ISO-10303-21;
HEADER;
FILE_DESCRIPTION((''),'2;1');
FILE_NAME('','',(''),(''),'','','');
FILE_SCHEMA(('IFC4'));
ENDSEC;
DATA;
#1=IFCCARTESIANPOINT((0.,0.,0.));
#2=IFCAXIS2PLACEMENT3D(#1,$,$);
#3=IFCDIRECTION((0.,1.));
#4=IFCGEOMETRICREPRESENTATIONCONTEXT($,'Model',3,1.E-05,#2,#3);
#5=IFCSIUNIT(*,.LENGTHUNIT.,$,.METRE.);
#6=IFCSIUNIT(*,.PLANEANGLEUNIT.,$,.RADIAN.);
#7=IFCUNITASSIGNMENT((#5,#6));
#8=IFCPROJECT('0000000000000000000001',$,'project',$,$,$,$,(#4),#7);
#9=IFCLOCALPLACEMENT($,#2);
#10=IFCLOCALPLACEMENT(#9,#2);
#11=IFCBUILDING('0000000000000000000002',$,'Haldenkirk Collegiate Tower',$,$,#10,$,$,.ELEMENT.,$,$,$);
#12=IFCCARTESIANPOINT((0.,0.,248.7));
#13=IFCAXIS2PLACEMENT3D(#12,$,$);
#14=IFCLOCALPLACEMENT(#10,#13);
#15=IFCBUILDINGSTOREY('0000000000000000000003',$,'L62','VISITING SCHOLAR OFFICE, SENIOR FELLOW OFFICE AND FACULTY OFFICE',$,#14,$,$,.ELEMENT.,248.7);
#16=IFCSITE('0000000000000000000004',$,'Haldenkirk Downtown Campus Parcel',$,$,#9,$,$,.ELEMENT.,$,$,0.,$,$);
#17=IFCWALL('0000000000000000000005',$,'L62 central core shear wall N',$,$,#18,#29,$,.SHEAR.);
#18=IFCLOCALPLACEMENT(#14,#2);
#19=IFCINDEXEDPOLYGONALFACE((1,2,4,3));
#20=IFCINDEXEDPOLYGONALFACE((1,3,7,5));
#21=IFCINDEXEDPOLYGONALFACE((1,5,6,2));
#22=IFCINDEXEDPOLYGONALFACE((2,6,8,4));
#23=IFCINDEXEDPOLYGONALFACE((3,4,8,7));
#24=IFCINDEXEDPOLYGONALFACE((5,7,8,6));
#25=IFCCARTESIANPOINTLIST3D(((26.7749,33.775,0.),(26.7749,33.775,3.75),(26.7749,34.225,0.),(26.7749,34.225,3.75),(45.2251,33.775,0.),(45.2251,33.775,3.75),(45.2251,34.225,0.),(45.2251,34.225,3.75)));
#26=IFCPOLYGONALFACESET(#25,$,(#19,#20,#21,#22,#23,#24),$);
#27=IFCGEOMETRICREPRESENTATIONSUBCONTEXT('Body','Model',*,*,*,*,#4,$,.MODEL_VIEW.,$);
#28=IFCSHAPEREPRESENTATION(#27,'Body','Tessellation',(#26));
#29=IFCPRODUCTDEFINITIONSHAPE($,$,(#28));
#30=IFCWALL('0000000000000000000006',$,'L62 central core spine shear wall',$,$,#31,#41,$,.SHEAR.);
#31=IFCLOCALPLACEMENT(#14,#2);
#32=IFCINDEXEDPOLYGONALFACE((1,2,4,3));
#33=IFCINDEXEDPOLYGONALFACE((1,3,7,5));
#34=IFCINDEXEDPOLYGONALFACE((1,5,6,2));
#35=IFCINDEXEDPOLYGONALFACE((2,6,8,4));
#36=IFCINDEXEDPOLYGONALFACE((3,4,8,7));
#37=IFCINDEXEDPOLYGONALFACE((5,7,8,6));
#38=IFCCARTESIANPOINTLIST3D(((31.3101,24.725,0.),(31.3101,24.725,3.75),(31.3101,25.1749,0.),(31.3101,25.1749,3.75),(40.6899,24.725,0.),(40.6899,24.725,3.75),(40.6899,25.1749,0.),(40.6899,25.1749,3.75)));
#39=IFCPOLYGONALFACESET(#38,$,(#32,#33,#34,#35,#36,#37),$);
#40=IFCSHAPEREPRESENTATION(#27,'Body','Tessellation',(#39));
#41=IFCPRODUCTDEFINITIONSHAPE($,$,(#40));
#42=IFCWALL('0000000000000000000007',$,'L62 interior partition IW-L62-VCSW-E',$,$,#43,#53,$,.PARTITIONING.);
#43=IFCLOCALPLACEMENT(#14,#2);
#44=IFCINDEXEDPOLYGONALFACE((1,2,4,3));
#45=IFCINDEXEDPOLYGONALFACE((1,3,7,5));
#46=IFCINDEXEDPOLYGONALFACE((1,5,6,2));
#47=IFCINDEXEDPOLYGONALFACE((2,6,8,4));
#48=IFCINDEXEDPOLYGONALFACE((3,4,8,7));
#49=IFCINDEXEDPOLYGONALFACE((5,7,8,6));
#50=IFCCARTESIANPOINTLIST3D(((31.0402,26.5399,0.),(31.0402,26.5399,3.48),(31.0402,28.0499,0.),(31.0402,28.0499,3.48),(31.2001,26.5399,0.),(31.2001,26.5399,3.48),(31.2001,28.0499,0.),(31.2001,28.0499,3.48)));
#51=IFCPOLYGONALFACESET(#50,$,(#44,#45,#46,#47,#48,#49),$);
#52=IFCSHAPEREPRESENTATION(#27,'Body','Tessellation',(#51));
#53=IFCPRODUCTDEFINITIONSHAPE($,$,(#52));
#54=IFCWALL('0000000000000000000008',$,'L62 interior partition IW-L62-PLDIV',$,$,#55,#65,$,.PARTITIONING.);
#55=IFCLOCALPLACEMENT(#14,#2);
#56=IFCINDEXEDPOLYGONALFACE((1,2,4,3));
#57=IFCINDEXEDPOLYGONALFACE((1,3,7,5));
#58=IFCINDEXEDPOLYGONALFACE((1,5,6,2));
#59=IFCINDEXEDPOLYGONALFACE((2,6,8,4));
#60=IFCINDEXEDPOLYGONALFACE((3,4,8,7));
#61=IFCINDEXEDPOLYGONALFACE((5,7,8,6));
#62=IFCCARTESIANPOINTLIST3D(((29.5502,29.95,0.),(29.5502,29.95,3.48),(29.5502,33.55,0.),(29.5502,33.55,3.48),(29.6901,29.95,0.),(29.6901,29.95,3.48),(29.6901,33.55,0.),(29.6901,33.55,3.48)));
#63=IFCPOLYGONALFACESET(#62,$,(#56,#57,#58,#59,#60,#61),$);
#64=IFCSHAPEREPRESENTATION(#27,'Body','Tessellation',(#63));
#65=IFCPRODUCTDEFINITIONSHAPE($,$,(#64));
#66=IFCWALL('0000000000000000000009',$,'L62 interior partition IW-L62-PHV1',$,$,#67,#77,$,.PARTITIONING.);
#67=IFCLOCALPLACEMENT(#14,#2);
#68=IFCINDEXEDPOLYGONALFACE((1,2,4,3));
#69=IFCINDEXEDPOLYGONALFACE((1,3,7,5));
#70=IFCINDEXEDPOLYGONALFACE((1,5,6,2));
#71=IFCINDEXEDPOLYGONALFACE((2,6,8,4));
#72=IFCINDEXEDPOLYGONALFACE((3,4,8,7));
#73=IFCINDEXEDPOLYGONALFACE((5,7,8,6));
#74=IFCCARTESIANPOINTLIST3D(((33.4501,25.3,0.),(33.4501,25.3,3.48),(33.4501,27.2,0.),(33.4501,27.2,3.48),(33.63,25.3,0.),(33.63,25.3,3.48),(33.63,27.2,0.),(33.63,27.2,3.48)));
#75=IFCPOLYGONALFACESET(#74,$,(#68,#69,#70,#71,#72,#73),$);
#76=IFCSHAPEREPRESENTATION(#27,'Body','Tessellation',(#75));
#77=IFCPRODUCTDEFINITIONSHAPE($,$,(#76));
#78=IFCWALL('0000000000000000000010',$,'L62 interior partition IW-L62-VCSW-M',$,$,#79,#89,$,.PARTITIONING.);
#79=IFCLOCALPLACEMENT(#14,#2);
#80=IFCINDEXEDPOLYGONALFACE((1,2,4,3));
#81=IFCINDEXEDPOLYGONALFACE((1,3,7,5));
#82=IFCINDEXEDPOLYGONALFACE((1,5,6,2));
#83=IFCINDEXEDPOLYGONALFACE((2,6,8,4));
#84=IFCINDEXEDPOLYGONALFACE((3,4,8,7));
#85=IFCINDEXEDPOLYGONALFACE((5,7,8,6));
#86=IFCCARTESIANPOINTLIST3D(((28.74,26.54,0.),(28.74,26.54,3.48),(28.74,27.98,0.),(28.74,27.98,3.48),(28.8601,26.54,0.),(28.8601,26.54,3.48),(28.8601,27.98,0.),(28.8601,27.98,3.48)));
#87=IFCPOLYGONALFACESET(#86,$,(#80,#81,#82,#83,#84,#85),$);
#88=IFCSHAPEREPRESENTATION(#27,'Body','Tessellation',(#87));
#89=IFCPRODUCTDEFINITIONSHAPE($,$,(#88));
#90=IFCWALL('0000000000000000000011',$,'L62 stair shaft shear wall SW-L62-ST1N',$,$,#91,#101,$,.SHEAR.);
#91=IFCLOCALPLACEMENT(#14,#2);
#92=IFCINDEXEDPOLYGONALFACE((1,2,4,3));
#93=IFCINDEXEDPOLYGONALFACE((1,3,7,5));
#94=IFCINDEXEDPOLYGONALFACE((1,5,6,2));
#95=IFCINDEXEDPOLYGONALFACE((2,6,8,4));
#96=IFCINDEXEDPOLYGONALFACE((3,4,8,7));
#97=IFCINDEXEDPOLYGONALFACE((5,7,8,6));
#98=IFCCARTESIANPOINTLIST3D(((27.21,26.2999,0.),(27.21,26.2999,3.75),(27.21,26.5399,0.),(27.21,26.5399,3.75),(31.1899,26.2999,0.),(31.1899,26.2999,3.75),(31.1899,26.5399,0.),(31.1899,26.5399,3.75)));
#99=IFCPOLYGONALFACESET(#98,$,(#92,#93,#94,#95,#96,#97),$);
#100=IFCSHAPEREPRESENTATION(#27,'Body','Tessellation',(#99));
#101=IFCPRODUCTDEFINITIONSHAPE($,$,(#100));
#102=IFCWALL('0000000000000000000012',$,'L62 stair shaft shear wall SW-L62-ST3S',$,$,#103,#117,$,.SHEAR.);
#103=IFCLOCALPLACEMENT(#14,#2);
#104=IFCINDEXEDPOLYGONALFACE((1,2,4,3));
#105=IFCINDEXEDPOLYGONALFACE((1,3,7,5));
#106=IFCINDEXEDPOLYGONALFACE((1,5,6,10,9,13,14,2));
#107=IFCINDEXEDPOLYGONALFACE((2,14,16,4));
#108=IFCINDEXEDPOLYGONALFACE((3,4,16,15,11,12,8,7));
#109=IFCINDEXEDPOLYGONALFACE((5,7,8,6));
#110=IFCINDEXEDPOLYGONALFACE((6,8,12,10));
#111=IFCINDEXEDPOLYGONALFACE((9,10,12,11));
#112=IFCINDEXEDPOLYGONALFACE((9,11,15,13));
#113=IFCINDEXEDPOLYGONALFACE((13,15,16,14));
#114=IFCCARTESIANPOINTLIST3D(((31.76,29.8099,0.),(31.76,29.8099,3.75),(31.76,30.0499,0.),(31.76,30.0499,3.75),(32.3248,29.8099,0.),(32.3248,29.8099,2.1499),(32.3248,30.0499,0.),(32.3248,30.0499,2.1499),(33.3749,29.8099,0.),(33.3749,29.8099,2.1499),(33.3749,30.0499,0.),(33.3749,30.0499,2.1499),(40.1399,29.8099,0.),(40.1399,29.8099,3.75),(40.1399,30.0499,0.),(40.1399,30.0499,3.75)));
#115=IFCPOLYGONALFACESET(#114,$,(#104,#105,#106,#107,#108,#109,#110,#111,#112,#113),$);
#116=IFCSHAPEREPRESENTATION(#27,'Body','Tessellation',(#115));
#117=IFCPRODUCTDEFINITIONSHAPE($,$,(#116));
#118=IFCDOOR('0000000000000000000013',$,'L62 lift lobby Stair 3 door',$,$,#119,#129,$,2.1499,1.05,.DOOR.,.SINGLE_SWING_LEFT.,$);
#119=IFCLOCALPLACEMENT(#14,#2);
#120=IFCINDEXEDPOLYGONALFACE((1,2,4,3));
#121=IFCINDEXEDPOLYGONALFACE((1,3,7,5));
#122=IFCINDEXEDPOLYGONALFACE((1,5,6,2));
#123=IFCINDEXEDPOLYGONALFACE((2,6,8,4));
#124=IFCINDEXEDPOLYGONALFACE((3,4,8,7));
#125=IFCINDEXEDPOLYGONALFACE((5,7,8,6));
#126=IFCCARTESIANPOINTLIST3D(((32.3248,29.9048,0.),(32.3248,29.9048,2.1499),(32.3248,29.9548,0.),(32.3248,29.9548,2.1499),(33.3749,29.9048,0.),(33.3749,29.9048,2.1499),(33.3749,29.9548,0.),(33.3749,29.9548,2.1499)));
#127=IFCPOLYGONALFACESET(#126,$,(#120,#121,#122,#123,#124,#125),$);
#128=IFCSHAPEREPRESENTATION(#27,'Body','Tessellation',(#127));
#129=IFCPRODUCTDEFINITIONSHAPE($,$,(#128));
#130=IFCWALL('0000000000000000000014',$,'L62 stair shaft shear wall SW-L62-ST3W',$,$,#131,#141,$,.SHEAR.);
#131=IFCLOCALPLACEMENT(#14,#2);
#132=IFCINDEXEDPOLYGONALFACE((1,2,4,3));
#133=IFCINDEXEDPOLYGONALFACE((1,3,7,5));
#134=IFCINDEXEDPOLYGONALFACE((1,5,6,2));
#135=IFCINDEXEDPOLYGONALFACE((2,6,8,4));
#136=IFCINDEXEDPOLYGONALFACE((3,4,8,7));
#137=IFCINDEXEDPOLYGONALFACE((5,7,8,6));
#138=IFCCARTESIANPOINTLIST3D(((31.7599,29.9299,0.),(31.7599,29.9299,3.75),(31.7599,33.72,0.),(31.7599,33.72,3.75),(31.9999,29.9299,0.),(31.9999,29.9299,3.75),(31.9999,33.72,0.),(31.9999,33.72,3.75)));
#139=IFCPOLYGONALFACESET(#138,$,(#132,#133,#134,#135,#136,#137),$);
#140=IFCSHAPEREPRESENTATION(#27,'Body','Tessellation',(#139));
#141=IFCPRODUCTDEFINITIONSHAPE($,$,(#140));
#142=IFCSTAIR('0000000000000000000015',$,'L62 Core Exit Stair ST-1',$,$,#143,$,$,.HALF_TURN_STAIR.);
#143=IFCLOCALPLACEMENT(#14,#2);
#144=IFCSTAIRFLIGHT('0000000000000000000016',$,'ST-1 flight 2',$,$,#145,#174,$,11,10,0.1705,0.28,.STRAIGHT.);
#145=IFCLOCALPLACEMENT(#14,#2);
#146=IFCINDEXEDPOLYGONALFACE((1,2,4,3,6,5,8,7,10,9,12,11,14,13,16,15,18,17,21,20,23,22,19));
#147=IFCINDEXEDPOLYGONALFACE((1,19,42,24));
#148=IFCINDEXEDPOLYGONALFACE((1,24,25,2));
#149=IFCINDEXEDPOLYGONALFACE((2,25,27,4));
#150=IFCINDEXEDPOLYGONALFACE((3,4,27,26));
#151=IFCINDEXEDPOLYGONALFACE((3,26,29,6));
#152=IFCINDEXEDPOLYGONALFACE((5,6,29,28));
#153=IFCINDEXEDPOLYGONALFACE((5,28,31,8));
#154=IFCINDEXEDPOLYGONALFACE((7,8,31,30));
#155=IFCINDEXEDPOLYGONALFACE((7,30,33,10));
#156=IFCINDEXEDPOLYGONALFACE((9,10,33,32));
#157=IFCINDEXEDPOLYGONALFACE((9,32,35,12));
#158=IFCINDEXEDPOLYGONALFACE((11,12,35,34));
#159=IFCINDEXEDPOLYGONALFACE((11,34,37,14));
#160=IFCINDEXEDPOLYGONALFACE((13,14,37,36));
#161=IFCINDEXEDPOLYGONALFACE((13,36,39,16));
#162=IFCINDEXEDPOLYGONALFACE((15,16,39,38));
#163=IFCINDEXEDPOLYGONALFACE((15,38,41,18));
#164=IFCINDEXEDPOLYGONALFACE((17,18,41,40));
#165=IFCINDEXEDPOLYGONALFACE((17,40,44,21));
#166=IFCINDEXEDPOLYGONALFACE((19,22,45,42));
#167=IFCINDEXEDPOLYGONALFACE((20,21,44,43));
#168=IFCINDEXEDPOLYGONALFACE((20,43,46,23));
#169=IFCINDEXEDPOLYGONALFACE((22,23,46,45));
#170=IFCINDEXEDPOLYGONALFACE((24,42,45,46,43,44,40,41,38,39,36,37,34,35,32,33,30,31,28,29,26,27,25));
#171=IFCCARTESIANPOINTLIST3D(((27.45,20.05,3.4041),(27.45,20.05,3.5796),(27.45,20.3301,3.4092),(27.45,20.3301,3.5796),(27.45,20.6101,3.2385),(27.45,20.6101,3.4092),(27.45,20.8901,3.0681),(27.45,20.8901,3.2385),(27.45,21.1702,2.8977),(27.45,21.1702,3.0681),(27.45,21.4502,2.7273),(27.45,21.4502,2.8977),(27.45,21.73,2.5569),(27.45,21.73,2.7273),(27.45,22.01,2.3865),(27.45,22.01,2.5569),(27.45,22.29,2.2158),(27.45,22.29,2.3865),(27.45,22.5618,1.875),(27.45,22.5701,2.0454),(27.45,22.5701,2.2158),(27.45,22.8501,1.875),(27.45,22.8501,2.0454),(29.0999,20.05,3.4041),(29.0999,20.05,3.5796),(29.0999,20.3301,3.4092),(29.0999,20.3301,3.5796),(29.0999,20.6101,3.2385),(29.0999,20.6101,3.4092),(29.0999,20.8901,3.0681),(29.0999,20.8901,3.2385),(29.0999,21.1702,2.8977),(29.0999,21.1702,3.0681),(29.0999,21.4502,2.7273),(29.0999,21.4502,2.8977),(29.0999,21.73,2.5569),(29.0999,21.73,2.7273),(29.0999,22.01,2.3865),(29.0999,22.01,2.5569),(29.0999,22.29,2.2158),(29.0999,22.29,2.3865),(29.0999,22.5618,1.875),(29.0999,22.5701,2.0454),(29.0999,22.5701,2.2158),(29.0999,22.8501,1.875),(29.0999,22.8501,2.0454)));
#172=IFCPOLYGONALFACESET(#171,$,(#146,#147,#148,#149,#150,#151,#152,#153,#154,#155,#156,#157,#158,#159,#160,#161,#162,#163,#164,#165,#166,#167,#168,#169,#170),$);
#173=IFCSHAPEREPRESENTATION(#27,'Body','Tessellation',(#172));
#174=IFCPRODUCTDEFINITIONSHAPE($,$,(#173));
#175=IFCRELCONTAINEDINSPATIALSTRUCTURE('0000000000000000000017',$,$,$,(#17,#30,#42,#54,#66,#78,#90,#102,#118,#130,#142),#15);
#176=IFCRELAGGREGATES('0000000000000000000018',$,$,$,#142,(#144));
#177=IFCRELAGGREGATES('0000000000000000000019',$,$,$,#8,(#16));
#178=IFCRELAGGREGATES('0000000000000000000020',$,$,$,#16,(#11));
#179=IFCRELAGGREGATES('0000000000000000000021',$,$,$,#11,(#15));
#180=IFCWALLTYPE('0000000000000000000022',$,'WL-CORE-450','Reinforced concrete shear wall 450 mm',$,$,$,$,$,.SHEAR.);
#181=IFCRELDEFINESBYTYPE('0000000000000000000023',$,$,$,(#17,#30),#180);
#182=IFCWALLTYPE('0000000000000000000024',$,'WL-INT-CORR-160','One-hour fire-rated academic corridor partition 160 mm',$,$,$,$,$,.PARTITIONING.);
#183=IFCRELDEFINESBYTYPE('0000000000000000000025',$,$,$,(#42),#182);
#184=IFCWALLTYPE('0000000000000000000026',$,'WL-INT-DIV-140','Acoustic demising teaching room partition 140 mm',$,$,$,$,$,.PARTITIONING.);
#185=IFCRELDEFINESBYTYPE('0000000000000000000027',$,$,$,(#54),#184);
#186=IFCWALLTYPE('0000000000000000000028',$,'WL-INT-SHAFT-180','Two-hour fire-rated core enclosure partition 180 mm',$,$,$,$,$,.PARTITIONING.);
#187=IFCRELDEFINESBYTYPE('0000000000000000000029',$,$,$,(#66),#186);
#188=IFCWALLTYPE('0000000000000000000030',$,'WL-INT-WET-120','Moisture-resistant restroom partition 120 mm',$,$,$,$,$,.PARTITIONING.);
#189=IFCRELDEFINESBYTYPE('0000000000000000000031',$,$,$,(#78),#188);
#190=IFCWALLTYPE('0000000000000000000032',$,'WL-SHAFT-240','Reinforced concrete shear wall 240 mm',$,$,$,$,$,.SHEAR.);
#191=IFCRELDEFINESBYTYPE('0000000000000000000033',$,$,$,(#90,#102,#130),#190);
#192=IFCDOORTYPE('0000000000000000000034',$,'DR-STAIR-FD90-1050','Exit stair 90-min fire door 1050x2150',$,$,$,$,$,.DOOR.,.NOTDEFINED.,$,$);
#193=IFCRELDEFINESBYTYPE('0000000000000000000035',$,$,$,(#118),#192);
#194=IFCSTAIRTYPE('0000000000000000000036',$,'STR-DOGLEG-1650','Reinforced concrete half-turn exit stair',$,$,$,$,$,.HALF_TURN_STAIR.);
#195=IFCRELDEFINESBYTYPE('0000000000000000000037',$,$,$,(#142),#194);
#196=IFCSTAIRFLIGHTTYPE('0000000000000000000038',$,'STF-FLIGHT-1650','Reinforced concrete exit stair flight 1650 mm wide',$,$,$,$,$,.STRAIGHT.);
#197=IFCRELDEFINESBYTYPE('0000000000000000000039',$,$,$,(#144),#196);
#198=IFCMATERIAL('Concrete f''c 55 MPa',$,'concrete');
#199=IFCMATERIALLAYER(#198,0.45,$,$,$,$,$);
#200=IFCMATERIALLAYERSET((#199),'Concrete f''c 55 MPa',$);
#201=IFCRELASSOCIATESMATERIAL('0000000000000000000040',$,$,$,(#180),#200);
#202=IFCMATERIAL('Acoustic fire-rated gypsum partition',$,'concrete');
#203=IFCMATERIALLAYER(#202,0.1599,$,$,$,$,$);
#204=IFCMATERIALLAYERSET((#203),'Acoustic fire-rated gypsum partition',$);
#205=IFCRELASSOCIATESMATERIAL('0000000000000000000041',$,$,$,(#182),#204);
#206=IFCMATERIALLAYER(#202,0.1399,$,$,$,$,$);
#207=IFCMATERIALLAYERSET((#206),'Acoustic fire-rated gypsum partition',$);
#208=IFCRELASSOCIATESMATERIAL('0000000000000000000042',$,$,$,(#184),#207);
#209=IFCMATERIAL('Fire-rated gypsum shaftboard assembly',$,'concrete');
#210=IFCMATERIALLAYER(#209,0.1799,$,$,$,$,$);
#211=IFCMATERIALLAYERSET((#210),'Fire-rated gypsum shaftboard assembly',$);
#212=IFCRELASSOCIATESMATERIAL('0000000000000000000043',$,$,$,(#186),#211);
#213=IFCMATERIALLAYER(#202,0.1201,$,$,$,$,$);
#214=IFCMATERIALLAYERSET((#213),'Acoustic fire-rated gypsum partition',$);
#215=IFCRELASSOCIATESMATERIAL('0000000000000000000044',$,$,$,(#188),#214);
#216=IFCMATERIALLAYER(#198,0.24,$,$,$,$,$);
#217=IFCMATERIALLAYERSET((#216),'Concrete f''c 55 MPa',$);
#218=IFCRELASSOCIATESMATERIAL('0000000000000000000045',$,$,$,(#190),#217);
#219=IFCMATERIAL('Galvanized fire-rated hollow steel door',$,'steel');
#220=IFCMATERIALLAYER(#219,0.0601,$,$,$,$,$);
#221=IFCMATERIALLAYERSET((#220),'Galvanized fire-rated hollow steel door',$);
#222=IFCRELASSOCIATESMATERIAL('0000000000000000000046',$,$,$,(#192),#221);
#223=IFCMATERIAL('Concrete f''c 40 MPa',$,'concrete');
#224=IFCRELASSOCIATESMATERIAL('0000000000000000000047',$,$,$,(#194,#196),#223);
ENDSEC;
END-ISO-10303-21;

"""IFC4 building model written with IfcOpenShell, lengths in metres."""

from ifc_helpers import new_model, si_unit, direction, frame, frame_2d, origin, place, context, subcontext, project, spatial, polyline, rectangle, outline, extrude, material, layer, layer_set, type_object, element, fill, aggregate, save


model = new_model("IFC4")

# Units and contexts
model_context = context("Model", 3, precision=1e-05, world=origin(), true_north=direction((0.0, 1.0)))
body_context = subcontext(model_context, "Body", "Model", "MODEL_VIEW")
ifc_project = project(units=[si_unit("LENGTHUNIT", "METRE"), si_unit("PLANEANGLEUNIT", "RADIAN")], contexts=[model_context])

# Site, building, storey
site_placement = place(None, origin())
site = spatial("IfcSite", under=ifc_project, at=site_placement, Name="Haldenkirk Downtown Campus Parcel", CompositionType="ELEMENT", RefElevation=0.0)
building_placement = place(site_placement, origin())
building = spatial("IfcBuilding", under=site, at=building_placement, Name="Haldenkirk Collegiate Tower", CompositionType="ELEMENT")
storey_placement = place(building_placement, frame((0.0, 0.0, 248.7)))
storey = spatial("IfcBuildingStorey", under=building, at=storey_placement, Name="L62", Description="VISITING SCHOLAR OFFICE, SENIOR FELLOW OFFICE AND FACULTY OFFICE", CompositionType="ELEMENT", Elevation=248.7)

# Walls
ifc_material_1 = material(Name="Concrete f'c 55 MPa", Category="concrete")
ifc_layer_1 = layer(ifc_material_1, 0.45)
ifc_layer_set_1 = layer_set([ifc_layer_1], Name="Concrete f'c 55 MPa")
wall_type_1 = type_object("IfcWallType", Name="WL-CORE-450", Description="Reinforced concrete shear wall 450 mm", PredefinedType="SHEAR", material=ifc_layer_set_1)
wall_1_placement = place(storey_placement, frame((26.7749, 34.0, 0.0), z_axis=(0.0, 0.0, 1.0), x_axis=(1.0, 0.0, 0.0)))
element("IfcWall", 1, at=wall_1_placement, inside=storey, type_object=wall_type_1, Name="L62 central core shear wall N", PredefinedType="SHEAR", context=body_context, shape_type="SweptSolid", body=[
    extrude(rectangle(XDim=18.4502, YDim=0.45, at=frame_2d((9.2251, 0.0))), origin(), (0.0, 0.0, 1.0), 3.75),
])
wall_2_placement = place(storey_placement, frame((31.3101, 24.95, 0.0), z_axis=(0.0, 0.0, 1.0), x_axis=(1.0, 0.0, 0.0)))
element("IfcWall", 2, at=wall_2_placement, inside=storey, type_object=wall_type_1, Name="L62 central core spine shear wall", PredefinedType="SHEAR", context=body_context, shape_type="SweptSolid", body=[
    extrude(rectangle(XDim=9.3799, YDim=0.45, at=frame_2d((4.6899, 0.0))), origin(), (0.0, 0.0, 1.0), 3.75),
])

# Shared definitions
ifc_material_2 = material(Name="Acoustic fire-rated gypsum partition", Category="concrete")
ifc_layer_2 = layer(ifc_material_2, 0.1599)
ifc_layer_set_2 = layer_set([ifc_layer_2], Name="Acoustic fire-rated gypsum partition")
wall_type_2 = type_object("IfcWallType", Name="WL-INT-CORR-160", Description="One-hour fire-rated academic corridor partition 160 mm", PredefinedType="PARTITIONING", material=ifc_layer_set_2)

# Wall
wall_3_placement = place(storey_placement, frame((31.1201, 26.54, 0.0), z_axis=(0.0, 0.0, 1.0), x_axis=(0.0, 1.0, 0.0)))
element("IfcWall", 3, at=wall_3_placement, inside=storey, type_object=wall_type_2, Name="L62 interior partition IW-L62-VCSW-E", PredefinedType="PARTITIONING", context=body_context, shape_type="SweptSolid", body=[
    extrude(rectangle(XDim=1.51, YDim=0.1599, at=frame_2d((0.7549, 0.0))), origin(), (0.0, 0.0, 1.0), 3.48),
])

# Wall
ifc_layer_3 = layer(ifc_material_2, 0.1399)
ifc_layer_set_3 = layer_set([ifc_layer_3], Name="Acoustic fire-rated gypsum partition")
wall_type_3 = type_object("IfcWallType", Name="WL-INT-DIV-140", Description="Acoustic demising teaching room partition 140 mm", PredefinedType="PARTITIONING", material=ifc_layer_set_3)
wall_4_placement = place(storey_placement, frame((29.6201, 29.95, 0.0), z_axis=(0.0, 0.0, 1.0), x_axis=(0.0, 1.0, 0.0)))
element("IfcWall", 4, at=wall_4_placement, inside=storey, type_object=wall_type_3, Name="L62 interior partition IW-L62-PLDIV", PredefinedType="PARTITIONING", context=body_context, shape_type="SweptSolid", body=[
    extrude(rectangle(XDim=3.6001, YDim=0.1399, at=frame_2d((1.8, 0.0))), origin(), (0.0, 0.0, 1.0), 3.48),
])

# Shared definitions
ifc_material_3 = material(Name="Fire-rated gypsum shaftboard assembly", Category="concrete")
ifc_layer_4 = layer(ifc_material_3, 0.1799)
ifc_layer_set_4 = layer_set([ifc_layer_4], Name="Fire-rated gypsum shaftboard assembly")
wall_type_4 = type_object("IfcWallType", Name="WL-INT-SHAFT-180", Description="Two-hour fire-rated core enclosure partition 180 mm", PredefinedType="PARTITIONING", material=ifc_layer_set_4)

# Wall
wall_5_placement = place(storey_placement, frame((33.54, 25.3, 0.0), z_axis=(0.0, 0.0, 1.0), x_axis=(0.0, 1.0, 0.0)))
element("IfcWall", 5, at=wall_5_placement, inside=storey, type_object=wall_type_4, Name="L62 interior partition IW-L62-PHV1", PredefinedType="PARTITIONING", context=body_context, shape_type="SweptSolid", body=[
    extrude(rectangle(XDim=1.8999, YDim=0.1799, at=frame_2d((0.95, 0.0))), origin(), (0.0, 0.0, 1.0), 3.48),
])

# Shared definitions
ifc_material_4 = material(Name="Galvanized fire-rated hollow steel door", Category="steel")

# Walls
ifc_layer_5 = layer(ifc_material_2, 0.1201)
ifc_layer_set_5 = layer_set([ifc_layer_5], Name="Acoustic fire-rated gypsum partition")
wall_type_5 = type_object("IfcWallType", Name="WL-INT-WET-120", Description="Moisture-resistant restroom partition 120 mm", PredefinedType="PARTITIONING", material=ifc_layer_set_5)
wall_6_placement = place(storey_placement, frame((28.8, 26.54, 0.0), z_axis=(0.0, 0.0, 1.0), x_axis=(0.0, 1.0, 0.0)))
element("IfcWall", 6, at=wall_6_placement, inside=storey, type_object=wall_type_5, Name="L62 interior partition IW-L62-VCSW-M", PredefinedType="PARTITIONING", context=body_context, shape_type="SweptSolid", body=[
    extrude(rectangle(XDim=1.4399, YDim=0.1201, at=frame_2d((0.72, 0.0))), origin(), (0.0, 0.0, 1.0), 3.48),
])
ifc_layer_6 = layer(ifc_material_1, 0.24)
ifc_layer_set_6 = layer_set([ifc_layer_6], Name="Concrete f'c 55 MPa")
wall_type_6 = type_object("IfcWallType", Name="WL-SHAFT-240", Description="Reinforced concrete shear wall 240 mm", PredefinedType="SHEAR", material=ifc_layer_set_6)
wall_7_placement = place(storey_placement, frame((27.21, 26.4199, 0.0), z_axis=(0.0, 0.0, 1.0), x_axis=(1.0, 0.0, 0.0)))
element("IfcWall", 7, at=wall_7_placement, inside=storey, type_object=wall_type_6, Name="L62 stair shaft shear wall SW-L62-ST1N", PredefinedType="SHEAR", context=body_context, shape_type="SweptSolid", body=[
    extrude(rectangle(XDim=3.98, YDim=0.24, at=frame_2d((1.99, 0.0))), origin(), (0.0, 0.0, 1.0), 3.75),
])

# Wall, opening, door
wall_8_placement = place(storey_placement, frame((31.76, 29.9299, 0.0), z_axis=(0.0, 0.0, 1.0), x_axis=(1.0, 0.0, 0.0)))
wall_8 = element("IfcWall", 8, at=wall_8_placement, inside=storey, type_object=wall_type_6, Name="L62 stair shaft shear wall SW-L62-ST3S", PredefinedType="SHEAR", context=body_context, shape_type="SweptSolid", body=[
    extrude(rectangle(XDim=8.3799, YDim=0.24, at=frame_2d((4.1899, 0.0))), origin(), (0.0, 0.0, 1.0), 3.75),
])
opening_1_placement = place(wall_8_placement, frame((0.5649, 0.0, 0.0)))
opening_1 = element("IfcOpeningElement", 9, at=opening_1_placement, cuts=wall_8, PredefinedType="OPENING", context=body_context, shape_type="SweptSolid", body=[
    extrude(rectangle(XDim=1.05, YDim=2.1499, at=frame_2d((0.5249, 1.075))), frame((0.0, 0.1299, 0.0), z_axis=(0.0, -1.0, 0.0), x_axis=(1.0, 0.0, 0.0)), (0.0, 0.0, 1.0), 0.26),
])
ifc_layer_7 = layer(ifc_material_4, 0.0601)
ifc_layer_set_7 = layer_set([ifc_layer_7], Name="Galvanized fire-rated hollow steel door")
door_type_1 = type_object("IfcDoorType", Name="DR-STAIR-FD90-1050", Description="Exit stair 90-min fire door 1050x2150", OperationType="NOTDEFINED", PredefinedType="DOOR", material=ifc_layer_set_7)
door_1_placement = place(opening_1_placement, origin())
door_1 = element("IfcDoor", 10, at=door_1_placement, inside=storey, type_object=door_type_1, Name="L62 lift lobby Stair 3 door", OperationType="SINGLE_SWING_LEFT", OverallHeight=2.1499, OverallWidth=1.05, PredefinedType="DOOR", context=body_context, shape_type="SweptSolid", body=[
    extrude(rectangle(XDim=1.05, YDim=2.1499, at=frame_2d((0.5249, 1.075))), frame((0.0, 0.0249, 0.0), z_axis=(0.0, -1.0, 0.0), x_axis=(1.0, 0.0, 0.0)), (0.0, 0.0, 1.0), 0.05),
])
fill(opening_1, door_1)

# Wall
wall_9_placement = place(storey_placement, frame((31.8799, 29.9299, 0.0), z_axis=(0.0, 0.0, 1.0), x_axis=(0.0, 1.0, 0.0)))
element("IfcWall", 11, at=wall_9_placement, inside=storey, type_object=wall_type_6, Name="L62 stair shaft shear wall SW-L62-ST3W", PredefinedType="SHEAR", context=body_context, shape_type="SweptSolid", body=[
    extrude(rectangle(XDim=3.79, YDim=0.24, at=frame_2d((1.895, 0.0))), origin(), (0.0, 0.0, 1.0), 3.75),
])

# Stair, stair flight
ifc_material_5 = material(Name="Concrete f'c 40 MPa", Category="concrete")
stair_type = type_object("IfcStairType", Name="STR-DOGLEG-1650", Description="Reinforced concrete half-turn exit stair", PredefinedType="HALF_TURN_STAIR", material=ifc_material_5)
stair_placement = place(storey_placement, origin())
stair = element("IfcStair", 12, at=stair_placement, inside=storey, type_object=stair_type, Name="L62 Core Exit Stair ST-1", PredefinedType="HALF_TURN_STAIR")
stair_flight_type = type_object("IfcStairFlightType", Name="STF-FLIGHT-1650", Description="Reinforced concrete exit stair flight 1650 mm wide", PredefinedType="STRAIGHT", material=ifc_material_5)
stair_flight_placement = place(storey_placement, frame((28.2749, 22.8501, 1.875), z_axis=(0.0, 0.0, 1.0), x_axis=(0.0, -1.0, 0.0)))
stair_flight = element("IfcStairFlight", 13, at=stair_flight_placement, type_object=stair_flight_type, Name="ST-1 flight 2", NumberOfRisers=11, NumberOfTreads=10, PredefinedType="STRAIGHT", RiserHeight=0.1705, TreadLength=0.28, context=body_context, shape_type="SweptSolid", body=[
    extrude(outline(polyline([(0.0, 0.0), (0.0, 0.1704), (0.28, 0.1704), (0.28, 0.3408), (0.5601, 0.3408), (0.5601, 0.5115), (0.8401, 0.5115), (0.8401, 0.6819), (1.1201, 0.6819), (1.1201, 0.8523), (1.3999, 0.8523), (1.3999, 1.0227), (1.6799, 1.0227), (1.6799, 1.1931), (1.96, 1.1931), (1.96, 1.3635), (2.24, 1.3635), (2.24, 1.5342), (2.52, 1.5342), (2.52, 1.7046), (2.8, 1.7046), (2.8, 1.875), (2.8, 1.5291), (0.2883, 0.0), (0.0, 0.0)])), frame((0.0, 0.825, 0.0), z_axis=(0.0, -1.0, 0.0), x_axis=(1.0, 0.0, 0.0)), (0.0, 0.0, 1.0), 1.6499),
])
aggregate(stair, [stair_flight])

save(model, "model.ifc")
